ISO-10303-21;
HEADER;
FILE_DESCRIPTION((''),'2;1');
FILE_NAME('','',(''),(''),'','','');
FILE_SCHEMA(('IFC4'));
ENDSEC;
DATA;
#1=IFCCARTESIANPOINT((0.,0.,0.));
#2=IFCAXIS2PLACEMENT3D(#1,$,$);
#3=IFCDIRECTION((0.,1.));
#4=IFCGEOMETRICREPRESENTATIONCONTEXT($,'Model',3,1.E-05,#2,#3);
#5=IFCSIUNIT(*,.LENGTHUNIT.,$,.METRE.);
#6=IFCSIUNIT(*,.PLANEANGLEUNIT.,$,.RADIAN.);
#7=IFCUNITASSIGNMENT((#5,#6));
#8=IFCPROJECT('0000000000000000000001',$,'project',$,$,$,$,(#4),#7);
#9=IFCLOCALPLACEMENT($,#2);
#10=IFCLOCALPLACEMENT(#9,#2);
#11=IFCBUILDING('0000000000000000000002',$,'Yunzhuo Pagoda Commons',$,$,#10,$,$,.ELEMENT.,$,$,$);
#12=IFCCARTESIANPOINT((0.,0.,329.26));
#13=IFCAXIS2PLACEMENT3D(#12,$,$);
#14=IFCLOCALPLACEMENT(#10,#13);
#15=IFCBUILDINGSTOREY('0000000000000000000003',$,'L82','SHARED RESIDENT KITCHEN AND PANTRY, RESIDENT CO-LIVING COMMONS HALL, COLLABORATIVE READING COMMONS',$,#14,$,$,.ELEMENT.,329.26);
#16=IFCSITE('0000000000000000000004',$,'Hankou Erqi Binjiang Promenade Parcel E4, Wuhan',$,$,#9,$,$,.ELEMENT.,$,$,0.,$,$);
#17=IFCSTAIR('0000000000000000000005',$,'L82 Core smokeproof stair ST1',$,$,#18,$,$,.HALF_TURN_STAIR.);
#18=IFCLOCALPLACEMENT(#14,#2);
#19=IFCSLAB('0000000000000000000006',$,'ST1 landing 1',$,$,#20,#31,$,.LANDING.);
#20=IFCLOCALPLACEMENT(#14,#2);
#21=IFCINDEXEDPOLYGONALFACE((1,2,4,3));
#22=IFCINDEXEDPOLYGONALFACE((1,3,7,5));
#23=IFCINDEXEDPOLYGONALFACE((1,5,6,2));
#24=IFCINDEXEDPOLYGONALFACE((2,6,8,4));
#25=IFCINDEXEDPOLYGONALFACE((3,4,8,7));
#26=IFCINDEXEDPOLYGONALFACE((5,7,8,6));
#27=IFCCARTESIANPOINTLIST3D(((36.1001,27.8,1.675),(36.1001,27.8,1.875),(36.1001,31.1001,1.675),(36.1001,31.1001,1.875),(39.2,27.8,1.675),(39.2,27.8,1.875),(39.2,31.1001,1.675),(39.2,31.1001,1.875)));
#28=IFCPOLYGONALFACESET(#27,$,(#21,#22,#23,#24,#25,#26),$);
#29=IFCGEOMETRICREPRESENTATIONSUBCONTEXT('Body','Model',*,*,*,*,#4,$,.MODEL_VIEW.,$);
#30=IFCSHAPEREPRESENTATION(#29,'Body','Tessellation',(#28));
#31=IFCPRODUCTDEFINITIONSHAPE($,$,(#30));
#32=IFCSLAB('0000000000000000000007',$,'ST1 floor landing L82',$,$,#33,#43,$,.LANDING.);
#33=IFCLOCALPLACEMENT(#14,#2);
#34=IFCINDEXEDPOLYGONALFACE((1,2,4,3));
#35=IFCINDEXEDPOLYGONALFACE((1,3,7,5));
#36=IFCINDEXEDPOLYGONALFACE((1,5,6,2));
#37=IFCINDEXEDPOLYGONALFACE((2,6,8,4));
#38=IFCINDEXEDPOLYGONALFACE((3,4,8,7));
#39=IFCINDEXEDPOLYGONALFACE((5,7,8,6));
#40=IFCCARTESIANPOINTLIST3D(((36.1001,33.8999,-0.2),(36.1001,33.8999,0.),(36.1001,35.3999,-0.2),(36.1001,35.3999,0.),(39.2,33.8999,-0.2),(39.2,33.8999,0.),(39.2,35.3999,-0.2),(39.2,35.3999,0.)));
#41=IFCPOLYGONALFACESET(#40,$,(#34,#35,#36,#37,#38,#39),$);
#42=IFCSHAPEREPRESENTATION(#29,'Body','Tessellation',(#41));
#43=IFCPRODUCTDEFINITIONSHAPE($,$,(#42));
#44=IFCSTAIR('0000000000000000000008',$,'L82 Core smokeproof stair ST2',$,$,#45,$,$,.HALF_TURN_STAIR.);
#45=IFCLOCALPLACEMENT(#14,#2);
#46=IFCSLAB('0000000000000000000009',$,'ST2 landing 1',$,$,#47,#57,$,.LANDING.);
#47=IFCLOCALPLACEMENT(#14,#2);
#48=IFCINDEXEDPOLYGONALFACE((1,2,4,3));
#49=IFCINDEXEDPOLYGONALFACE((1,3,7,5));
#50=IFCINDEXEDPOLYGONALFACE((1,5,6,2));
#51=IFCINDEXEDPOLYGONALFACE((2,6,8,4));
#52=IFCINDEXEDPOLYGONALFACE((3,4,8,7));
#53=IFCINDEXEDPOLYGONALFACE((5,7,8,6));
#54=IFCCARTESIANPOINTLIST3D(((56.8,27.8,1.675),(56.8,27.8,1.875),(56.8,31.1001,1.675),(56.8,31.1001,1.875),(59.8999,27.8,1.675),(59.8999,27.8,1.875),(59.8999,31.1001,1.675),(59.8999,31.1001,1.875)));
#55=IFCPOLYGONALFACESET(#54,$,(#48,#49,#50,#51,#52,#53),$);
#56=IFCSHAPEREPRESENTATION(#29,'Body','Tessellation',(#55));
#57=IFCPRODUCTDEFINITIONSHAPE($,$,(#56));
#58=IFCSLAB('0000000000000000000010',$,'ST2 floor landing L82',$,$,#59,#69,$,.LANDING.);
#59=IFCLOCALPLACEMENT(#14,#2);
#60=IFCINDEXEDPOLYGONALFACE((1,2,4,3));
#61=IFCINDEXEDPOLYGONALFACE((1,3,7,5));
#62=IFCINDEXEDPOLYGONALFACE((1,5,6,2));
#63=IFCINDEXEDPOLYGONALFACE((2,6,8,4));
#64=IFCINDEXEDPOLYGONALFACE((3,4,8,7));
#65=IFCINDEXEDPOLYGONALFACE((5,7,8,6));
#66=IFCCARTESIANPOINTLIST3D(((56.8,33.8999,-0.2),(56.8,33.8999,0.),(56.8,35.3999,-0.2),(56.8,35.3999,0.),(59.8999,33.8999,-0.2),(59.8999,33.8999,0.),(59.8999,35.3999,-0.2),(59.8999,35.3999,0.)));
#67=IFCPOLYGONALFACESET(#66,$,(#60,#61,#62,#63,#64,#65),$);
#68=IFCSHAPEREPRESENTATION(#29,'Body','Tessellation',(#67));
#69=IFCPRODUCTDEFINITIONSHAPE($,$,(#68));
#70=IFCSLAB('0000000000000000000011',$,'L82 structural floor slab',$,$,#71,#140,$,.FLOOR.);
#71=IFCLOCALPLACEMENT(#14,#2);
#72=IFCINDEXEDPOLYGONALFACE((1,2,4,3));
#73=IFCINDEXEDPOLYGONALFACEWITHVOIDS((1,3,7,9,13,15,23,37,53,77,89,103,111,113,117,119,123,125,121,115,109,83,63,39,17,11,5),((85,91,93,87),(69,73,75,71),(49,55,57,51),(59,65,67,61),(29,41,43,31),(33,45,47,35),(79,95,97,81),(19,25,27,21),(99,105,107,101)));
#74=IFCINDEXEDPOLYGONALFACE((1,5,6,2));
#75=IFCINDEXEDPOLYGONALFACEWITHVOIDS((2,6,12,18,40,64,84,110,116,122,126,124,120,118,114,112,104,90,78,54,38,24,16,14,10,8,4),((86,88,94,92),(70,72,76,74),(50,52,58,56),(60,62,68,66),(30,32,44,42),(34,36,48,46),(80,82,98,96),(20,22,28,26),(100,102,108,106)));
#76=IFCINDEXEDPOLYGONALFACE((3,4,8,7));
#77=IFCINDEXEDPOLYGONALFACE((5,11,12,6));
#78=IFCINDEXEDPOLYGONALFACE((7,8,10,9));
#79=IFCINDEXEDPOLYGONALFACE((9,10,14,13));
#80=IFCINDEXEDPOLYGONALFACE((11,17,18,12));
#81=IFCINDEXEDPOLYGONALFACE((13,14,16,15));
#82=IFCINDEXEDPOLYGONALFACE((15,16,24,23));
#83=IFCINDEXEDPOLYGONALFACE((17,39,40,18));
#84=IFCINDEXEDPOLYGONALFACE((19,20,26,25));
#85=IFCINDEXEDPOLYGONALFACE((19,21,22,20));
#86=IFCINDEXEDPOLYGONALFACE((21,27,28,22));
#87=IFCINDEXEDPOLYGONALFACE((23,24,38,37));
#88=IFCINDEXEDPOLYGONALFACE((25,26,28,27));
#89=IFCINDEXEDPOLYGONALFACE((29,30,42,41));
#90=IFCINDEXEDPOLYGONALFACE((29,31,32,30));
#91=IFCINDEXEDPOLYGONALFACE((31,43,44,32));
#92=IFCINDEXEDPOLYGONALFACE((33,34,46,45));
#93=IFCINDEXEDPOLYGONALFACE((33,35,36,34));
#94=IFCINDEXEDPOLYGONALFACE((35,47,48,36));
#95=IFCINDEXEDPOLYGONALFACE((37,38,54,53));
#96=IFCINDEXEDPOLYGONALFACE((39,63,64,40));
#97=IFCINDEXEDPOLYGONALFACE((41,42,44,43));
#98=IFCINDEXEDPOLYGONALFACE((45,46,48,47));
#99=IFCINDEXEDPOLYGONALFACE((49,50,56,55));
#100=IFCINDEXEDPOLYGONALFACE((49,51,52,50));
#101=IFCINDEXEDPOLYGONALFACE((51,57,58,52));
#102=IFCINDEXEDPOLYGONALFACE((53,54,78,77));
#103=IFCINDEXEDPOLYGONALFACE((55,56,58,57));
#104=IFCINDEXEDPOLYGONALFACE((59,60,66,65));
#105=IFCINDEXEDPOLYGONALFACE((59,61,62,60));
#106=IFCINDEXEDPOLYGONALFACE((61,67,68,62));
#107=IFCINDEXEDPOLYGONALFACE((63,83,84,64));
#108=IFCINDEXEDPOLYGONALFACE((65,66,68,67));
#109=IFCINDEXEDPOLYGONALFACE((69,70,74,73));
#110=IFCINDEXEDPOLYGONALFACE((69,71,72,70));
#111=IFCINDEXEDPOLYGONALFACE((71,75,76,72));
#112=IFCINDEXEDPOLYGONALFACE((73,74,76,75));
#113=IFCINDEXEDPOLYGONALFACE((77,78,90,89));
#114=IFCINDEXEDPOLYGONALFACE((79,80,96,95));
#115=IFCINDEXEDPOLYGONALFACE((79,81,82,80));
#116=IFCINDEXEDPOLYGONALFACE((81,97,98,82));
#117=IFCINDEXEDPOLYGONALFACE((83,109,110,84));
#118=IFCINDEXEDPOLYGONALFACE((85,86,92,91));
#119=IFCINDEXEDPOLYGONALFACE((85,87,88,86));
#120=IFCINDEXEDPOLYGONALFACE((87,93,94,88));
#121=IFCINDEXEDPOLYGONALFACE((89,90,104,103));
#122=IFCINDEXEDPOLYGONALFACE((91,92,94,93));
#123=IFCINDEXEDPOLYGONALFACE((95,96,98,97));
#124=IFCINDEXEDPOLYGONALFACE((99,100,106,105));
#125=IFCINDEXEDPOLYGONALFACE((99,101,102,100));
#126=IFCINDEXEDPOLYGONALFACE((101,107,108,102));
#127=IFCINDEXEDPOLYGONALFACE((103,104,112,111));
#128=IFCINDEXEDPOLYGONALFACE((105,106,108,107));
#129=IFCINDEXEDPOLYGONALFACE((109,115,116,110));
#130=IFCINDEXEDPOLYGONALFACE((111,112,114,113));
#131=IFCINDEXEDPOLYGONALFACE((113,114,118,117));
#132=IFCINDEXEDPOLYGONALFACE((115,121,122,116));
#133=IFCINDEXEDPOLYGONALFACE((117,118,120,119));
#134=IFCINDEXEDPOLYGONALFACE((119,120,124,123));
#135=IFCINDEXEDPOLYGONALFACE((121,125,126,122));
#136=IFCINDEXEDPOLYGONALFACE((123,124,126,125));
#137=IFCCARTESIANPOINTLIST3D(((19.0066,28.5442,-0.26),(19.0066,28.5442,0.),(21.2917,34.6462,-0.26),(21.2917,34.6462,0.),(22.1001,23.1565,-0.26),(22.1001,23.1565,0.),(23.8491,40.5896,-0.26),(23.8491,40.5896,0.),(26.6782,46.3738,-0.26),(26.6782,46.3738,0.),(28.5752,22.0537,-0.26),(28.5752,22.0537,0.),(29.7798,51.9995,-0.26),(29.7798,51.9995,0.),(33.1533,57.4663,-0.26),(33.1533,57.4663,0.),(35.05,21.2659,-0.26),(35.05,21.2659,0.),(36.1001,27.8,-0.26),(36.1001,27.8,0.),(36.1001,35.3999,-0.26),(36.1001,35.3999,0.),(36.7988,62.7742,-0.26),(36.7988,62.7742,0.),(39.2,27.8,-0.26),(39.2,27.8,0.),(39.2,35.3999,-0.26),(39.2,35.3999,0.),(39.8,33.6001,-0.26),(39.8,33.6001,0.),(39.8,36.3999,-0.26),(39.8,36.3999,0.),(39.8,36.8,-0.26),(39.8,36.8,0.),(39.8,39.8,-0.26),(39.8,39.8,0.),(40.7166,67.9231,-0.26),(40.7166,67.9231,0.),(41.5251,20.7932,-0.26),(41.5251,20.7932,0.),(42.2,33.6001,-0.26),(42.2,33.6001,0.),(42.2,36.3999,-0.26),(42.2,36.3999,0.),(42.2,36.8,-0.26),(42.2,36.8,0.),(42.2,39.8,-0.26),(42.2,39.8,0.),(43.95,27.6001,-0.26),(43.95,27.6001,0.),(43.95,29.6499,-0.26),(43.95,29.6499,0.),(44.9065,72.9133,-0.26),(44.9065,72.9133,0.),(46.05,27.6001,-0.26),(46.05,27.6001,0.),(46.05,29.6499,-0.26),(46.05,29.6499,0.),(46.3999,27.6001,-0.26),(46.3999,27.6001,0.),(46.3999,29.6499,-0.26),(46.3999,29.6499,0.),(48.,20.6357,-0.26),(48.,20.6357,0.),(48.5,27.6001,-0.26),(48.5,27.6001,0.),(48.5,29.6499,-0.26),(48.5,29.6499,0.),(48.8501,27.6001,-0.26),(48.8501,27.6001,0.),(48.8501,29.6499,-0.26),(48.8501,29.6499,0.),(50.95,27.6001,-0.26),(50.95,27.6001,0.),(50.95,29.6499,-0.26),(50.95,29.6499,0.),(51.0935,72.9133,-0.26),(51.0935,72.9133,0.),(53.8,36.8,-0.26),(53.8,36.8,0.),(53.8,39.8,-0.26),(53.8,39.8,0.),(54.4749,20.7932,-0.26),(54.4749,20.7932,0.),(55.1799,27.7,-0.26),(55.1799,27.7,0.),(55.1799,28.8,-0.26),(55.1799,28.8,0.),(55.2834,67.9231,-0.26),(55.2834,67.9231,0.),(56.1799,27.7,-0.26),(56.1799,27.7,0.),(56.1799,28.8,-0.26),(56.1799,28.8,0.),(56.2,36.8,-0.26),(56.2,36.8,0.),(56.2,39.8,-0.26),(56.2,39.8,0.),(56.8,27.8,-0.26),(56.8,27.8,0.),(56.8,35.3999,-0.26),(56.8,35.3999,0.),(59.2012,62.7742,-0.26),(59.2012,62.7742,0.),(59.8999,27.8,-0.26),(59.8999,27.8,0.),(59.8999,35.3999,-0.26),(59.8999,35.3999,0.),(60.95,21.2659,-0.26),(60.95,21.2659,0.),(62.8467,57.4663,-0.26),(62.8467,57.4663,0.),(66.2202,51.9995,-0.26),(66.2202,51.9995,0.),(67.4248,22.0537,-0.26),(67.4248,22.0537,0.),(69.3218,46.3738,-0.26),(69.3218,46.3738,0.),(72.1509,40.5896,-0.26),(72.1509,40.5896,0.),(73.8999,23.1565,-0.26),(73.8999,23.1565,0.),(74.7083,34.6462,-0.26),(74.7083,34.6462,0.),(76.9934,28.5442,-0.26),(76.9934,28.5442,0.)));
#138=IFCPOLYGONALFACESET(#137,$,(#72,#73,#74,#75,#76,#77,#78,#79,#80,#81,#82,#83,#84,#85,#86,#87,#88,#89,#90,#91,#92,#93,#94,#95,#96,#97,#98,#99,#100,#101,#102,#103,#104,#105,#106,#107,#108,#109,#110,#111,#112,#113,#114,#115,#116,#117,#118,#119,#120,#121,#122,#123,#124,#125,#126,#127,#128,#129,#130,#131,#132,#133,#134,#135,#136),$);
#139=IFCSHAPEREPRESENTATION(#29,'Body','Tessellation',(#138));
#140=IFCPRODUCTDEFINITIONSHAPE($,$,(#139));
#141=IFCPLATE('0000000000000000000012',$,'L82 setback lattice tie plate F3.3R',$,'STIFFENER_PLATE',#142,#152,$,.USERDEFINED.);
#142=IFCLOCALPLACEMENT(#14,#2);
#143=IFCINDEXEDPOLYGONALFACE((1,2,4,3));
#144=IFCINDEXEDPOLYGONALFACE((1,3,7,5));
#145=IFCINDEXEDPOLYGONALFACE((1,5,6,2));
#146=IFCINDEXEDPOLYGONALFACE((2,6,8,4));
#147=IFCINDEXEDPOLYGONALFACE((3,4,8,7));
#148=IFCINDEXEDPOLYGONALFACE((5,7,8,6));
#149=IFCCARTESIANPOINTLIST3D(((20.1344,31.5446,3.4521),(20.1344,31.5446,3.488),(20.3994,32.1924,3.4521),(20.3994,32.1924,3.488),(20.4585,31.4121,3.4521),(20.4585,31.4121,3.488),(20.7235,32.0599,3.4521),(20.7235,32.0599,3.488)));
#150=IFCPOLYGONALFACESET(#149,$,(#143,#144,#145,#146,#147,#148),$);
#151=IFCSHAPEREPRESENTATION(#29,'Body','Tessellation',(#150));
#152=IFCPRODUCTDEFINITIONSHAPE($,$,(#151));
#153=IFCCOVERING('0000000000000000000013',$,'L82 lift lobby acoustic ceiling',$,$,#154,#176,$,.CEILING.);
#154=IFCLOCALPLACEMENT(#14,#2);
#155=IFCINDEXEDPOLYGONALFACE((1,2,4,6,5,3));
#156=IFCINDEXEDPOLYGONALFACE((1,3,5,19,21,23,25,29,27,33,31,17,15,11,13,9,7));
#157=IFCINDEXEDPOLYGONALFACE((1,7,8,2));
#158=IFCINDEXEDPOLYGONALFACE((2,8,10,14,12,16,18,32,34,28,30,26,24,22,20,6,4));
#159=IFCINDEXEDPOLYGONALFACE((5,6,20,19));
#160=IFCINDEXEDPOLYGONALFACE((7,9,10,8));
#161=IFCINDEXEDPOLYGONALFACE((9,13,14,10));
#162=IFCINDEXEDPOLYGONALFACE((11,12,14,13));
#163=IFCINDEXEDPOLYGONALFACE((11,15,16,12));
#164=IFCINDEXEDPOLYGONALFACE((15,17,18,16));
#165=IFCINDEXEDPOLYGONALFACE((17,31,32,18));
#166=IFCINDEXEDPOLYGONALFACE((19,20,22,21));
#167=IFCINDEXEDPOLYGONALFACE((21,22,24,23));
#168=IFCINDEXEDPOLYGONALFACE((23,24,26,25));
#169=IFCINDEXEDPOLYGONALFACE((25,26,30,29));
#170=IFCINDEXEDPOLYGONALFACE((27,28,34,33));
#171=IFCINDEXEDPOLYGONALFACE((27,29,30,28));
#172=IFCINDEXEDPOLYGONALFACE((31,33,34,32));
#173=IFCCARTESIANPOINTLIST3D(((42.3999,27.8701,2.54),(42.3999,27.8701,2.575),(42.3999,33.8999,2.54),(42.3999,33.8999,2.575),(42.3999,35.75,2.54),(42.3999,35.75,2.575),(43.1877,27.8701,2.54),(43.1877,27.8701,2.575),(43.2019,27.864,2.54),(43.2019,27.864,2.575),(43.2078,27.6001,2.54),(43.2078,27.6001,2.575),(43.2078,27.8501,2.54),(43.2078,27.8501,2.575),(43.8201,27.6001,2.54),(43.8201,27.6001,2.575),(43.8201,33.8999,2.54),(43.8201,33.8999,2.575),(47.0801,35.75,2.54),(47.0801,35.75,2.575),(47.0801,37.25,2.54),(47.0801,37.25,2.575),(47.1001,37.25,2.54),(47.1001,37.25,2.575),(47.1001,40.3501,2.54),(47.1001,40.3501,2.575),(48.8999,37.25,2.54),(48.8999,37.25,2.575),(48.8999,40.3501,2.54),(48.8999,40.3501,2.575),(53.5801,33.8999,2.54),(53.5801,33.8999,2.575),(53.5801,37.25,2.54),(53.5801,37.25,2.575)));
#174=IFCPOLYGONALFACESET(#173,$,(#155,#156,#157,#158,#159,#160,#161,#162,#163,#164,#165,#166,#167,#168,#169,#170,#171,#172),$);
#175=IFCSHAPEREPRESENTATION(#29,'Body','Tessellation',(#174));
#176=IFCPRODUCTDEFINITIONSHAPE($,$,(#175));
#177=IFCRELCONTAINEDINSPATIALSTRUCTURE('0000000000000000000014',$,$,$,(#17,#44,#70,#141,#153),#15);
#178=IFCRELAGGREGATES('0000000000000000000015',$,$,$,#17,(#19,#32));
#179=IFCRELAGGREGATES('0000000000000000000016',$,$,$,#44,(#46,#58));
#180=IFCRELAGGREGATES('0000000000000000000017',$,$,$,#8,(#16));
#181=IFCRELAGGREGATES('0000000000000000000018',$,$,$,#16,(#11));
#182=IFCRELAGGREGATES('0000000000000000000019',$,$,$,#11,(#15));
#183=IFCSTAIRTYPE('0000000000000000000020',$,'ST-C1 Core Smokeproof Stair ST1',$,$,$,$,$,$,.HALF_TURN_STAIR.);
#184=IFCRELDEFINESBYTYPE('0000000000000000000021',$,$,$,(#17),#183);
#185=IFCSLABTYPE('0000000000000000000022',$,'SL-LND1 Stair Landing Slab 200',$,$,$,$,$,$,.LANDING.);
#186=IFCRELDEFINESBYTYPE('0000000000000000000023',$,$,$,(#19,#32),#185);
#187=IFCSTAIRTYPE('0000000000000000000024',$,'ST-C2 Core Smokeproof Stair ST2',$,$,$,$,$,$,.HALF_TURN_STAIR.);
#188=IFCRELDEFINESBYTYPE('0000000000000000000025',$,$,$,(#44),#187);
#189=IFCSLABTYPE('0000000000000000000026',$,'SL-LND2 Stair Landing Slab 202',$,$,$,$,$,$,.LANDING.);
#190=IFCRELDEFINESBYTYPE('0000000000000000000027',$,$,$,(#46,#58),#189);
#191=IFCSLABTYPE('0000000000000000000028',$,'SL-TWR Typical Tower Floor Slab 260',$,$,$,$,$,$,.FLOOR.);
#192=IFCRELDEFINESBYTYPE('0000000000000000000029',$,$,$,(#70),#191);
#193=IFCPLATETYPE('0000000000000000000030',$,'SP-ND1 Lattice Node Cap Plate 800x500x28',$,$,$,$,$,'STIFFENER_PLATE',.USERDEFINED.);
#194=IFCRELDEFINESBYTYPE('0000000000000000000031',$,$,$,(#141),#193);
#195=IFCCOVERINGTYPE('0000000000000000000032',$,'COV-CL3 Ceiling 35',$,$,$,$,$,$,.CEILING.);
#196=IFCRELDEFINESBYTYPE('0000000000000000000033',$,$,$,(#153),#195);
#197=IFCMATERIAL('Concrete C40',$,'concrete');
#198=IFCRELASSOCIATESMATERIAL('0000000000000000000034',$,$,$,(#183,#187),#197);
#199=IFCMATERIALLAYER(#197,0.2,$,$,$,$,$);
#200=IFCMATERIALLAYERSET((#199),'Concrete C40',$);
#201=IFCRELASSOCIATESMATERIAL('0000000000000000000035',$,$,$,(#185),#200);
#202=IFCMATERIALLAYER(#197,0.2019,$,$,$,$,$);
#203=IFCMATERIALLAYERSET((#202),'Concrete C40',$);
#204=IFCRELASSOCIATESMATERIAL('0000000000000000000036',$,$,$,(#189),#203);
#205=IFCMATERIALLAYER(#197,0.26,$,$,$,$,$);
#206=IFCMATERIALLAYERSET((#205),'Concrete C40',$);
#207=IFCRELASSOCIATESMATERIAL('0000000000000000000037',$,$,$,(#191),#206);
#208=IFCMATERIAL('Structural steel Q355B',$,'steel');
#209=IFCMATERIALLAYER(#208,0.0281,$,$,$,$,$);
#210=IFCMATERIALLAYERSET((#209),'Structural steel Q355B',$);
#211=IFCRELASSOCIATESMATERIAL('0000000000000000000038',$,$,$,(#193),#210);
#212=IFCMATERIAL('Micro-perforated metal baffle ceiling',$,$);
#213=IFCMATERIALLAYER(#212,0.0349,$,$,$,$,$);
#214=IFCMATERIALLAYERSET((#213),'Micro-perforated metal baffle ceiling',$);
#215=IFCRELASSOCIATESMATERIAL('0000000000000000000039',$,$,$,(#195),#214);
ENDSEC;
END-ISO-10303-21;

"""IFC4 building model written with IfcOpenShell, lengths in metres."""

from ifc_helpers import new_model, si_unit, direction, frame, origin, origin_2d, place, context, subcontext, project, spatial, polyline, rectangle, outline, extrude, source, transform, mapped, material, layer, layer_set, type_object, element, aggregate, save


model = new_model("IFC4")

# Units and contexts
model_context = context("Model", 3, precision=1e-05, world=origin(), true_north=direction((0.0, 1.0)))
body_context = subcontext(model_context, "Body", "Model", "MODEL_VIEW")
ifc_project = project(units=[si_unit("LENGTHUNIT", "METRE"), si_unit("PLANEANGLEUNIT", "RADIAN")], contexts=[model_context])

# Site, building, storey
site_placement = place(None, origin())
site = spatial("IfcSite", under=ifc_project, at=site_placement, Name="Hankou Erqi Binjiang Promenade Parcel E4, Wuhan", CompositionType="ELEMENT", RefElevation=0.0)
building_placement = place(site_placement, origin())
building = spatial("IfcBuilding", under=site, at=building_placement, Name="Yunzhuo Pagoda Commons", CompositionType="ELEMENT")
storey_placement = place(building_placement, frame((0.0, 0.0, 329.26)))
storey = spatial("IfcBuildingStorey", under=building, at=storey_placement, Name="L82", Description="SHARED RESIDENT KITCHEN AND PANTRY, RESIDENT CO-LIVING COMMONS HALL, COLLABORATIVE READING COMMONS", CompositionType="ELEMENT", Elevation=329.26)

# Shared definitions
ifc_material_1 = material(Name="Structural steel Q355B", Category="steel")

# Shared definitions
ifc_material_2 = material(Name="Concrete C40", Category="concrete")

# Stairs, slabs
stair_type_1 = type_object("IfcStairType", Name="ST-C1 Core Smokeproof Stair ST1", PredefinedType="HALF_TURN_STAIR", material=ifc_material_2)
stair_1_placement = place(storey_placement, origin())
stair_1 = element("IfcStair", 1, at=stair_1_placement, inside=storey, type_object=stair_type_1, Name="L82 Core smokeproof stair ST1", PredefinedType="HALF_TURN_STAIR")
ifc_layer_1 = layer(ifc_material_2, 0.2)
ifc_layer_set_1 = layer_set([ifc_layer_1], Name="Concrete C40")
slab_type_1 = type_object("IfcSlabType", Name="SL-LND1 Stair Landing Slab 200", PredefinedType="LANDING", material=ifc_layer_set_1)
slab_1_placement = place(storey_placement, frame((0.0, 0.0, 1.675)))
slab_1 = element("IfcSlab", 2, at=slab_1_placement, type_object=slab_type_1, Name="ST1 landing 1", PredefinedType="LANDING", context=body_context, shape_type="SweptSolid", body=[
    extrude(outline(polyline([(36.1001, 31.1001), (36.1001, 27.8), (39.2, 27.8), (39.2, 31.1001), (36.1001, 31.1001)])), origin(), (0.0, 0.0, 1.0), 0.2),
])
slab_2_placement = place(storey_placement, frame((0.0, 0.0, -0.2)))
slab_2 = element("IfcSlab", 3, at=slab_2_placement, type_object=slab_type_1, Name="ST1 floor landing L82", PredefinedType="LANDING", context=body_context, shape_type="SweptSolid", body=[
    extrude(outline(polyline([(36.1001, 35.3999), (36.1001, 33.8999), (39.2, 33.8999), (39.2, 35.3999), (36.1001, 35.3999)])), origin(), (0.0, 0.0, 1.0), 0.2),
])
aggregate(stair_1, [slab_1, slab_2])
stair_type_2 = type_object("IfcStairType", Name="ST-C2 Core Smokeproof Stair ST2", PredefinedType="HALF_TURN_STAIR", material=ifc_material_2)
stair_2_placement = place(storey_placement, origin())
stair_2 = element("IfcStair", 4, at=stair_2_placement, inside=storey, type_object=stair_type_2, Name="L82 Core smokeproof stair ST2", PredefinedType="HALF_TURN_STAIR")
ifc_layer_2 = layer(ifc_material_2, 0.2019)
ifc_layer_set_2 = layer_set([ifc_layer_2], Name="Concrete C40")
slab_type_2 = type_object("IfcSlabType", Name="SL-LND2 Stair Landing Slab 202", PredefinedType="LANDING", material=ifc_layer_set_2)
slab_3_placement = place(storey_placement, frame((0.0, 0.0, 1.675)))
slab_3 = element("IfcSlab", 5, at=slab_3_placement, type_object=slab_type_2, Name="ST2 landing 1", PredefinedType="LANDING", context=body_context, shape_type="SweptSolid", body=[
    extrude(outline(polyline([(56.8, 31.1001), (56.8, 27.8), (59.8999, 27.8), (59.8999, 31.1001), (56.8, 31.1001)])), origin(), (0.0, 0.0, 1.0), 0.2),
])
slab_4_placement = place(storey_placement, frame((0.0, 0.0, -0.2)))
slab_4 = element("IfcSlab", 6, at=slab_4_placement, type_object=slab_type_2, Name="ST2 floor landing L82", PredefinedType="LANDING", context=body_context, shape_type="SweptSolid", body=[
    extrude(outline(polyline([(56.8, 35.3999), (56.8, 33.8999), (59.8999, 33.8999), (59.8999, 35.3999), (56.8, 35.3999)])), origin(), (0.0, 0.0, 1.0), 0.2),
])
aggregate(stair_2, [slab_3, slab_4])

# Slab
ifc_layer_3 = layer(ifc_material_2, 0.26)
ifc_layer_set_3 = layer_set([ifc_layer_3], Name="Concrete C40")
slab_type_3 = type_object("IfcSlabType", Name="SL-TWR Typical Tower Floor Slab 260", PredefinedType="FLOOR", material=ifc_layer_set_3)
slab_5_placement = place(storey_placement, frame((0.0, 0.0, -0.26)))
element("IfcSlab", 7, at=slab_5_placement, inside=storey, type_object=slab_type_3, Name="L82 structural floor slab", PredefinedType="FLOOR", context=body_context, shape_type="SweptSolid", body=[
    extrude(outline(polyline([(21.2917, 34.6462), (23.8491, 40.5896), (26.6782, 46.3738), (29.7798, 51.9995), (33.1533, 57.4663), (36.7988, 62.7742), (40.7166, 67.9231), (44.9065, 72.9133), (51.0935, 72.9133), (55.2834, 67.9231), (59.2012, 62.7742), (62.8467, 57.4663), (66.2202, 51.9995), (69.3218, 46.3738), (72.1509, 40.5896), (74.7083, 34.6462), (76.9934, 28.5442), (73.8999, 23.1565), (67.4248, 22.0537), (60.95, 21.2659), (54.4749, 20.7932), (48.0, 20.6357), (41.5251, 20.7932), (35.05, 21.2659), (28.5752, 22.0537), (22.1001, 23.1565), (19.0066, 28.5442), (21.2917, 34.6462)]), holes=[polyline([(56.1799, 28.8), (55.1799, 28.8), (55.1799, 27.7), (56.1799, 27.7), (56.1799, 28.8)]), polyline([(46.05, 29.6499), (43.95, 29.6499), (43.95, 27.6001), (46.05, 27.6001), (46.05, 29.6499)]), polyline([(48.5, 29.6499), (46.3999, 29.6499), (46.3999, 27.6001), (48.5, 27.6001), (48.5, 29.6499)]), polyline([(50.95, 29.6499), (48.8501, 29.6499), (48.8501, 27.6001), (50.95, 27.6001), (50.95, 29.6499)]), polyline([(39.2, 27.8), (39.2, 35.3999), (36.1001, 35.3999), (36.1001, 27.8), (39.2, 27.8)]), polyline([(59.8999, 27.8), (59.8999, 35.3999), (56.8, 35.3999), (56.8, 27.8), (59.8999, 27.8)]), polyline([(42.2, 36.3999), (39.8, 36.3999), (39.8, 33.6001), (42.2, 33.6001), (42.2, 36.3999)]), polyline([(42.2, 36.8), (42.2, 39.8), (39.8, 39.8), (39.8, 36.8), (42.2, 36.8)]), polyline([(56.2, 36.8), (56.2, 39.8), (53.8, 39.8), (53.8, 36.8), (56.2, 36.8)])]), origin(), (0.0, 0.0, 1.0), 0.26),
])

# Plate
ifc_layer_4 = layer(ifc_material_1, 0.0281)
ifc_layer_set_4 = layer_set([ifc_layer_4], Name="Structural steel Q355B")
plate_type_1 = type_object("IfcPlateType", Name="SP-ND1 Lattice Node Cap Plate 800x500x28", ElementType="STIFFENER_PLATE", PredefinedType="USERDEFINED", material=ifc_layer_set_4)
shared_shape_1 = source(origin(), body_context, "Body", "SweptSolid", [
    extrude(rectangle(XDim=0.7, YDim=0.3501, at=origin_2d()), origin(), (0.0, 0.0, 1.0), 0.0359),
])
plate_1_placement = place(storey_placement, frame((20.429, 31.8022, 3.4521), z_axis=(0.0, 0.0, 1.0), x_axis=(-0.378568, -0.925574, 0.0)))
element("IfcPlate", 8, at=plate_1_placement, inside=storey, type_object=plate_type_1, Name="L82 setback lattice tie plate F3.3R", ObjectType="STIFFENER_PLATE", PredefinedType="USERDEFINED", context=body_context, shape_type="MappedRepresentation", body=[
    mapped(shared_shape_1, transform((0.0, 0.0, 0.0), scale=1.0)),
])

# Covering
ifc_material_3 = material(Name="Micro-perforated metal baffle ceiling")
ifc_layer_5 = layer(ifc_material_3, 0.0349)
ifc_layer_set_5 = layer_set([ifc_layer_5], Name="Micro-perforated metal baffle ceiling")
covering_type_1 = type_object("IfcCoveringType", Name="COV-CL3 Ceiling 35", PredefinedType="CEILING", material=ifc_layer_set_5)
covering_1_placement = place(storey_placement, frame((0.0, 0.0, 2.54)))
element("IfcCovering", 9, at=covering_1_placement, inside=storey, type_object=covering_type_1, Name="L82 lift lobby acoustic ceiling", PredefinedType="CEILING", context=body_context, shape_type="SweptSolid", body=[
    extrude(outline(polyline([(42.3999, 35.75), (47.0801, 35.75), (47.0801, 37.25), (47.1001, 37.25), (47.1001, 40.3501), (48.8999, 40.3501), (48.8999, 37.25), (53.5801, 37.25), (53.5801, 33.8999), (43.8201, 33.8999), (43.8201, 27.6001), (43.2078, 27.6001), (43.2078, 27.8501), (43.2019, 27.864), (43.1877, 27.8701), (42.3999, 27.8701), (42.3999, 33.8999), (42.3999, 35.75)])), origin(), (0.0, 0.0, 1.0), 0.0349),
])

save(model, "model.ifc")
